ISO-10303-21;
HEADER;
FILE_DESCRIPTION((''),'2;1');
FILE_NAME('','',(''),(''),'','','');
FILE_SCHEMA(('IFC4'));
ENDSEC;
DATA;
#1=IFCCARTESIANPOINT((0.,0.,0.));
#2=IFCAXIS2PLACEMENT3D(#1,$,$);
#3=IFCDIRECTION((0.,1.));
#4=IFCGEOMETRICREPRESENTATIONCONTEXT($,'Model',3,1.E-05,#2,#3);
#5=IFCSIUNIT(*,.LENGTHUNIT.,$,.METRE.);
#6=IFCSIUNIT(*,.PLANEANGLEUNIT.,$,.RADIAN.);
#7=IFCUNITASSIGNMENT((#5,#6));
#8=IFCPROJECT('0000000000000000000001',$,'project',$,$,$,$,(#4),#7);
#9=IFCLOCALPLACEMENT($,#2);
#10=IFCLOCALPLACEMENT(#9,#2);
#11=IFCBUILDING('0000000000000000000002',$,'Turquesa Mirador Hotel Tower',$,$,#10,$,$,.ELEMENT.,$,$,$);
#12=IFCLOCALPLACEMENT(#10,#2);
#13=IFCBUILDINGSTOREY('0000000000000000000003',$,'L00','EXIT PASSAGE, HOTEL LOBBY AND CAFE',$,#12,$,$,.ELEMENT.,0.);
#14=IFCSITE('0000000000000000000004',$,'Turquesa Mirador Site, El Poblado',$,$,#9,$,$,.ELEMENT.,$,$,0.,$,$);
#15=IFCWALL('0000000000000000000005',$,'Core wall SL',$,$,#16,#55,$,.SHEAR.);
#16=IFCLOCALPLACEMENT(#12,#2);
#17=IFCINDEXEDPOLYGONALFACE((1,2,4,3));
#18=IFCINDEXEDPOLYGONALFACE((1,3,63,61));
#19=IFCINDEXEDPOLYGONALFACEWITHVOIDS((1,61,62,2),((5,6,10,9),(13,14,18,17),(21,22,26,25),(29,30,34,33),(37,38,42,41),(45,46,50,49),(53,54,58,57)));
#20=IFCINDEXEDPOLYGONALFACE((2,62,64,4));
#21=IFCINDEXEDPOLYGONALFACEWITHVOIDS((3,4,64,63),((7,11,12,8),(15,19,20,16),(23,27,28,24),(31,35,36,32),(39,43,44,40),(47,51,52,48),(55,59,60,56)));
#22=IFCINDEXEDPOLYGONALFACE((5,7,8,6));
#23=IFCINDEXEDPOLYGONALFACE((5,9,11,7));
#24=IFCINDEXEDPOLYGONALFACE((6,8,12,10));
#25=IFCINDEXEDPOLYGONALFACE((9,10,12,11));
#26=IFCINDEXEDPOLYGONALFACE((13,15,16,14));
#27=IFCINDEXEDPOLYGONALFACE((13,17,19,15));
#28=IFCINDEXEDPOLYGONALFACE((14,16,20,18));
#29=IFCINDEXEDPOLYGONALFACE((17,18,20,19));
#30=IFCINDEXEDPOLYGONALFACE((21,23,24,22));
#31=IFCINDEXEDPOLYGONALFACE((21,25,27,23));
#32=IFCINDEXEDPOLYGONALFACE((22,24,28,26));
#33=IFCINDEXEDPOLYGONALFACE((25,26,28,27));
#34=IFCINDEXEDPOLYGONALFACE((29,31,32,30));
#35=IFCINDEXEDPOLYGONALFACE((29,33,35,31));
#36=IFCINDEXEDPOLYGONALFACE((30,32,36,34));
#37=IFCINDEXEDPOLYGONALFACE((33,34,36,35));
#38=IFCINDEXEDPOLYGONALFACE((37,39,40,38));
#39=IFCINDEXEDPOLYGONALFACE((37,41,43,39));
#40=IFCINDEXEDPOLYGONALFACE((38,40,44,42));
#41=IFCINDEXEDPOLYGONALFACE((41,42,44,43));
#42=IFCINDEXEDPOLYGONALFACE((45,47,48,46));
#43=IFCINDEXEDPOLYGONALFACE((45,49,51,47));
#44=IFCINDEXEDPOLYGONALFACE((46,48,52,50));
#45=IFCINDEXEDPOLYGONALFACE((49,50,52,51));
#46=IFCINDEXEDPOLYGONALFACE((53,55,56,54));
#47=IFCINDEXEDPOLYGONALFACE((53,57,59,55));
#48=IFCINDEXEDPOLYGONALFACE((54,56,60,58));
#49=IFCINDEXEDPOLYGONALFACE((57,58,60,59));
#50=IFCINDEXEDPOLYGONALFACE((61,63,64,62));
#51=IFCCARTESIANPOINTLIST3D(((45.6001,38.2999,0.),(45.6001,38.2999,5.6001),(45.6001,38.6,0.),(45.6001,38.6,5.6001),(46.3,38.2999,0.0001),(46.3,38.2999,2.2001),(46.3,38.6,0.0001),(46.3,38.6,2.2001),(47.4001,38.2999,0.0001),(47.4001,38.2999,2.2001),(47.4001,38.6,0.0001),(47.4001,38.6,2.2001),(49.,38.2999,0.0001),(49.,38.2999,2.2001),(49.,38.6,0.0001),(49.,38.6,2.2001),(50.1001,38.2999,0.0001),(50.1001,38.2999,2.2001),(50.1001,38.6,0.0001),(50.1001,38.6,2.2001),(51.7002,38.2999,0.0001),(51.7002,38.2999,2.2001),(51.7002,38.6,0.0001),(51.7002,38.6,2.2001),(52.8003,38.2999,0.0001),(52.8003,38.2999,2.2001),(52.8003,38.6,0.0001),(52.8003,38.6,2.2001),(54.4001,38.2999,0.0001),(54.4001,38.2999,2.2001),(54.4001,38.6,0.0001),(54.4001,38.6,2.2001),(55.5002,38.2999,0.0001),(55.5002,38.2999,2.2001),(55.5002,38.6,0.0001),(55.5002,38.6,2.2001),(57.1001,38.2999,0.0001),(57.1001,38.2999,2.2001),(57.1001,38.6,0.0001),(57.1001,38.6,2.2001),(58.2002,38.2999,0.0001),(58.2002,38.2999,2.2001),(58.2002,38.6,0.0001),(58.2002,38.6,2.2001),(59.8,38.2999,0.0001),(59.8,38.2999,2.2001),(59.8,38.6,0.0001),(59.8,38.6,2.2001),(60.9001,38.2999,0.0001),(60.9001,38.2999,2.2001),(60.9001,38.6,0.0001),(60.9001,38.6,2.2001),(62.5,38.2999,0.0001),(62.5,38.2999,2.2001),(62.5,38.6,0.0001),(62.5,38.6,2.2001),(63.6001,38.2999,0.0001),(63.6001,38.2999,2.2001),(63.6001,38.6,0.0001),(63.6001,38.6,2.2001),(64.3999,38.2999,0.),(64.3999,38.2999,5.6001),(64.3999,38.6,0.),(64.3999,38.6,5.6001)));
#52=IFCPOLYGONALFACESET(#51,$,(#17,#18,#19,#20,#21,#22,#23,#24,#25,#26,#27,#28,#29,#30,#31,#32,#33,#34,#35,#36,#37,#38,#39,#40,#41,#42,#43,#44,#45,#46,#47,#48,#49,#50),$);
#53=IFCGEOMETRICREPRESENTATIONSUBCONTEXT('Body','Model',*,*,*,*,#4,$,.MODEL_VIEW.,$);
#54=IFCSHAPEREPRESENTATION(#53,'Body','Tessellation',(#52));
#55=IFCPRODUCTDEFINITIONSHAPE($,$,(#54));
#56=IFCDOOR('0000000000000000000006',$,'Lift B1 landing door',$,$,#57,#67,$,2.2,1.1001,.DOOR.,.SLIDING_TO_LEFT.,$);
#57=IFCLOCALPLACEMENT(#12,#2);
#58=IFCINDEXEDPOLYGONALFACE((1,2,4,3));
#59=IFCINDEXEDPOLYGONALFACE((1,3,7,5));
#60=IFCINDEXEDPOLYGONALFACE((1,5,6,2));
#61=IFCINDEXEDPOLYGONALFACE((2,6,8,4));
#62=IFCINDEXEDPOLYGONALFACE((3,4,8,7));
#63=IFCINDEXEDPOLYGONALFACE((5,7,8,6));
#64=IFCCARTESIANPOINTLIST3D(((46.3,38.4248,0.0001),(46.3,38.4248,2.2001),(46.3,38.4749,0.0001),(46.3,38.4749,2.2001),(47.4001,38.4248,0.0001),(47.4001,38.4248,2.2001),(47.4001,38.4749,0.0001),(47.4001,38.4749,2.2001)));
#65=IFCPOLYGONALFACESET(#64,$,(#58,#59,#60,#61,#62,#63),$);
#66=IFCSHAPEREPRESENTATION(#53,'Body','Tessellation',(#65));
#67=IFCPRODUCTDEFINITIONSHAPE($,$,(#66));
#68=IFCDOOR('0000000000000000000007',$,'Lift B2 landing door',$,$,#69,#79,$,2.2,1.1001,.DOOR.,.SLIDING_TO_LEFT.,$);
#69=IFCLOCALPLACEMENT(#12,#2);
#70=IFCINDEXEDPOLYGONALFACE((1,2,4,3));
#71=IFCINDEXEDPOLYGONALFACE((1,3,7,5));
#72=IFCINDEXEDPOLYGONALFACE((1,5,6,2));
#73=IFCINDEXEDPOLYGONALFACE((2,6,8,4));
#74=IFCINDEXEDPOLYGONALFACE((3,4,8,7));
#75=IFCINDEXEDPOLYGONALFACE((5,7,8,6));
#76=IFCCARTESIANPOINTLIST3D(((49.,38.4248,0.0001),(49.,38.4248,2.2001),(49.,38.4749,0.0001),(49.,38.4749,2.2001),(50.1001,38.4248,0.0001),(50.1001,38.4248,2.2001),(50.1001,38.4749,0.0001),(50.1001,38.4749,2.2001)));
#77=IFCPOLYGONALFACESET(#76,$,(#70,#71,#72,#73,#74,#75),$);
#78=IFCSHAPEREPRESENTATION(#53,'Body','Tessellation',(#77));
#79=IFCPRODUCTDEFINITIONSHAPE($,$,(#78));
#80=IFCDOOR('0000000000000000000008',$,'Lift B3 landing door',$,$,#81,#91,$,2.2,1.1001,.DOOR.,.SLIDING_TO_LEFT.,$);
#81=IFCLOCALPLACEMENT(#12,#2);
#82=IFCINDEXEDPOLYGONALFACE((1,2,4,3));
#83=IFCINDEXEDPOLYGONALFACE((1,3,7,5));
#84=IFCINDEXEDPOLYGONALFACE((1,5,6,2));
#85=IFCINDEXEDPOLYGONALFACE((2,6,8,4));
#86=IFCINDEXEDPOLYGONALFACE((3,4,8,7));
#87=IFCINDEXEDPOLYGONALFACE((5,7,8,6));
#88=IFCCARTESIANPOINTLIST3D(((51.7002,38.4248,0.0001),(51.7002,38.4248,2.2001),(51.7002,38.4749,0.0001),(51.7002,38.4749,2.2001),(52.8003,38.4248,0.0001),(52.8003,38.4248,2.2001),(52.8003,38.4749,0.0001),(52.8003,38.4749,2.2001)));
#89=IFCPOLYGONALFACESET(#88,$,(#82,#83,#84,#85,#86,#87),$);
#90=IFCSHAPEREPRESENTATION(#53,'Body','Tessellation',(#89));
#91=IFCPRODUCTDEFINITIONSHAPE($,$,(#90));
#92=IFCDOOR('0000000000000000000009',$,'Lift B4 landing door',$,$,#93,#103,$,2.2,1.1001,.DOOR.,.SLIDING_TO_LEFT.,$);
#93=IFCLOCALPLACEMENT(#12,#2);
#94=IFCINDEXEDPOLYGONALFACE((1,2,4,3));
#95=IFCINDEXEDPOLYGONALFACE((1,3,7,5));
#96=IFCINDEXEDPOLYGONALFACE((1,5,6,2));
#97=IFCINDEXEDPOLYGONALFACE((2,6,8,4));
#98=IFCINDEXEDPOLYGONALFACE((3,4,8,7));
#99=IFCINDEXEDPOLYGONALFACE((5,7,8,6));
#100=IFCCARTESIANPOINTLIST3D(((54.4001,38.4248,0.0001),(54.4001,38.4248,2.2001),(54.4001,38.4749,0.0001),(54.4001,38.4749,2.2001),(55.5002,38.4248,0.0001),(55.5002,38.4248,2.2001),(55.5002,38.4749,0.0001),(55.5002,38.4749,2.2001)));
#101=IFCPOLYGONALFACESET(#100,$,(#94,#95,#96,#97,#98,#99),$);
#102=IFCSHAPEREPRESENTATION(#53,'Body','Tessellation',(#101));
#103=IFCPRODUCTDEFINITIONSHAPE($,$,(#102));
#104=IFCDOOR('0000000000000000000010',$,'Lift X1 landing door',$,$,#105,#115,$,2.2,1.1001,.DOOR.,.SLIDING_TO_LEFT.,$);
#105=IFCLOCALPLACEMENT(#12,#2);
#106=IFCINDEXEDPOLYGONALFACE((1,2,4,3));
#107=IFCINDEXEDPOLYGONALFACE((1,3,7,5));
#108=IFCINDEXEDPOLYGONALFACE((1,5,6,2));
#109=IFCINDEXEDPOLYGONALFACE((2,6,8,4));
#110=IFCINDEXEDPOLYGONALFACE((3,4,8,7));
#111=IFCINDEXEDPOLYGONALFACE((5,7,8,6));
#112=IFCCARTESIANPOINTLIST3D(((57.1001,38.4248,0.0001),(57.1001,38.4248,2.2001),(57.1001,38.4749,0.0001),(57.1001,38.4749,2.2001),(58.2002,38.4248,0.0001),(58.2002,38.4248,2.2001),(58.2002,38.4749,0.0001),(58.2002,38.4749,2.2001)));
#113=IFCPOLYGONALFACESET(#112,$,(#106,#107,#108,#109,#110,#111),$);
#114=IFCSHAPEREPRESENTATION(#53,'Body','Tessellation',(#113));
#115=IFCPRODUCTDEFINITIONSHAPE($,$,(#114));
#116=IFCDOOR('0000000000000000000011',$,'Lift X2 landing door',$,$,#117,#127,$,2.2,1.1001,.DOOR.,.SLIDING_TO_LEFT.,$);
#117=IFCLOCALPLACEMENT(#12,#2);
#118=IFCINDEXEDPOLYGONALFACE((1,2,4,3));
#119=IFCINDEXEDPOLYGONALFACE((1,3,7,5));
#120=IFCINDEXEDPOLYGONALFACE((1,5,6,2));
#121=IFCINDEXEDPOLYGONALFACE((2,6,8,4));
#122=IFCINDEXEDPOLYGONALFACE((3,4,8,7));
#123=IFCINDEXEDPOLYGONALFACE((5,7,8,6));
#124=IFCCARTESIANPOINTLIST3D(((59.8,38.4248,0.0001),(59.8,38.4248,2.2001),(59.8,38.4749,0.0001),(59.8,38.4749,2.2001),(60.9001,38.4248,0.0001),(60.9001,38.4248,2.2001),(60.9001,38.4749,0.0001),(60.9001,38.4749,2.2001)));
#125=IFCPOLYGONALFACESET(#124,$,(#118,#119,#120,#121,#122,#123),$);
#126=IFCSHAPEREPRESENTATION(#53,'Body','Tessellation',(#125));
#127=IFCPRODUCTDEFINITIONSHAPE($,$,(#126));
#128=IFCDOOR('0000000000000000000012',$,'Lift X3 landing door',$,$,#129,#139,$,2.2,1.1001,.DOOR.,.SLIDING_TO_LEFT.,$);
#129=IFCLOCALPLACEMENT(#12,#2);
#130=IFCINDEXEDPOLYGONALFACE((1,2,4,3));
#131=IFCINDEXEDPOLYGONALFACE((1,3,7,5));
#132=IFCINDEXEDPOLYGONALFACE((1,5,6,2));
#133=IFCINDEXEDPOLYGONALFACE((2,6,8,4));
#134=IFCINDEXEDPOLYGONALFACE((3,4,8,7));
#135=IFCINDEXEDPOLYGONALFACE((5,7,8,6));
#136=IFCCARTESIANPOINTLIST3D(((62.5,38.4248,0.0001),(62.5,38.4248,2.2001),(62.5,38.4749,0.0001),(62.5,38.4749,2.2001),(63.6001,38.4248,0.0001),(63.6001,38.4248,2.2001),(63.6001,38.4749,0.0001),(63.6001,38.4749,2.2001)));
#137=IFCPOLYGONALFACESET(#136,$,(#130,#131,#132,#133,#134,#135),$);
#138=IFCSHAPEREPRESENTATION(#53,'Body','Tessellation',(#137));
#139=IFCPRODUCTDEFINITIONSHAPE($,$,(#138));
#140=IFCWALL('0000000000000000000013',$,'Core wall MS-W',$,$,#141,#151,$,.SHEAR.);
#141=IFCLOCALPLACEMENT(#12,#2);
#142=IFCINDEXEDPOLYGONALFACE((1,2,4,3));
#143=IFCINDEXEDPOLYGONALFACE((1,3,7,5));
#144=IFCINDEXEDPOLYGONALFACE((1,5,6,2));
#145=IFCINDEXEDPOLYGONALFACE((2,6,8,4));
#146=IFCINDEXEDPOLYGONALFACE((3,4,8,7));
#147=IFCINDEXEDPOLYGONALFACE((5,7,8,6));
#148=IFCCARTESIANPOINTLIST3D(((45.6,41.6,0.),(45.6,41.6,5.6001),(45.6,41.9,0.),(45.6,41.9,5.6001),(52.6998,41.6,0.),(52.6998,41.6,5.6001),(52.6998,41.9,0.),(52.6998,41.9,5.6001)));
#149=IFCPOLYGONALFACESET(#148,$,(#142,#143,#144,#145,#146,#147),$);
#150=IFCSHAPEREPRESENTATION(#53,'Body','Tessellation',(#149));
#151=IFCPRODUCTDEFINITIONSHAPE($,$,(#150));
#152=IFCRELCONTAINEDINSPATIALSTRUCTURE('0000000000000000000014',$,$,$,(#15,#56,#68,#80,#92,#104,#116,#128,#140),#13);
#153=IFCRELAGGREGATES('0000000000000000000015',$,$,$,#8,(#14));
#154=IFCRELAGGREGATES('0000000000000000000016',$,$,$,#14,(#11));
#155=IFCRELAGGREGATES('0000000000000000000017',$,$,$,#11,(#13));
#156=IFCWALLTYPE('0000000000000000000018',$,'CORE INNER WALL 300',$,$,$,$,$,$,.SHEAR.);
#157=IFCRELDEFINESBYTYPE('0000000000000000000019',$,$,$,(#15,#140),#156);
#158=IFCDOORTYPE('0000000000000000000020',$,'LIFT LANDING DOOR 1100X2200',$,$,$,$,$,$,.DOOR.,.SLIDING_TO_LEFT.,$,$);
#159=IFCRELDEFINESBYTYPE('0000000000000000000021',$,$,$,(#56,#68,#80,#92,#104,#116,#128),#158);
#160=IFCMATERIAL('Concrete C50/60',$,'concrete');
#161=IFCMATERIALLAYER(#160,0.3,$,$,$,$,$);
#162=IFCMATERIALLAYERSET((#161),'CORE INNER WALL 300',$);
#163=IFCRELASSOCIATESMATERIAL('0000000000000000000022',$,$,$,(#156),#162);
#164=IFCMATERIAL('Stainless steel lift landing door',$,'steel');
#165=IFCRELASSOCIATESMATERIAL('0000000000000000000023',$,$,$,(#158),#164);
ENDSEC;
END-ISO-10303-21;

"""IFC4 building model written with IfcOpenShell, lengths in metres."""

from ifc_helpers import new_model, si_unit, direction, frame, frame_2d, origin, place, context, subcontext, project, spatial, rectangle, extrude, material, layer, layer_set, type_object, element, fill, save


model = new_model("IFC4")

# Units and contexts
model_context = context("Model", 3, precision=1e-05, world=origin(), true_north=direction((0.0, 1.0)))
body_context = subcontext(model_context, "Body", "Model", "MODEL_VIEW")
ifc_project = project(units=[si_unit("LENGTHUNIT", "METRE"), si_unit("PLANEANGLEUNIT", "RADIAN")], contexts=[model_context])

# Site, building, storey
site_placement = place(None, origin())
site = spatial("IfcSite", under=ifc_project, at=site_placement, Name="Turquesa Mirador Site, El Poblado", CompositionType="ELEMENT", RefElevation=0.0)
building_placement = place(site_placement, origin())
building = spatial("IfcBuilding", under=site, at=building_placement, Name="Turquesa Mirador Hotel Tower", CompositionType="ELEMENT")
storey_placement = place(building_placement, origin())
storey = spatial("IfcBuildingStorey", under=building, at=storey_placement, Name="L00", Description="EXIT PASSAGE, HOTEL LOBBY AND CAFE", CompositionType="ELEMENT", Elevation=0.0)

# Wall, openings, doors
ifc_material_1 = material(Name="Concrete C50/60", Category="concrete")
ifc_layer_1 = layer(ifc_material_1, 0.3)
ifc_layer_set_1 = layer_set([ifc_layer_1], Name="CORE INNER WALL 300")
wall_type_1 = type_object("IfcWallType", Name="CORE INNER WALL 300", PredefinedType="SHEAR", material=ifc_layer_set_1)
wall_1_placement = place(storey_placement, frame((45.6001, 38.45, 0.0), z_axis=(0.0, 0.0, 1.0), x_axis=(1.0, 0.0, 0.0)))
wall_1 = element("IfcWall", 1, at=wall_1_placement, inside=storey, type_object=wall_type_1, Name="Core wall SL", PredefinedType="SHEAR", context=body_context, shape_type="SweptSolid", body=[
    extrude(rectangle(XDim=18.7998, YDim=0.3, at=frame_2d((9.3999, 0.0))), origin(), (0.0, 0.0, 1.0), 5.6001),
])
opening_1_placement = place(wall_1_placement, frame((0.7, 0.0, 0.0)))
opening_1 = element("IfcOpeningElement", 2, at=opening_1_placement, cuts=wall_1, PredefinedType="OPENING", context=body_context, shape_type="SweptSolid", body=[
    extrude(rectangle(XDim=1.1001, YDim=2.2, at=frame_2d((0.55, 1.1001))), frame((0.0, 0.1599, 0.0), z_axis=(0.0, -1.0, 0.0), x_axis=(1.0, 0.0, 0.0)), (0.0, 0.0, 1.0), 0.3201),
])
opening_2_placement = place(wall_1_placement, frame((3.3999, 0.0, 0.0)))
opening_2 = element("IfcOpeningElement", 3, at=opening_2_placement, cuts=wall_1, PredefinedType="OPENING", context=body_context, shape_type="SweptSolid", body=[
    extrude(rectangle(XDim=1.1001, YDim=2.2, at=frame_2d((0.55, 1.1001))), frame((0.0, 0.1599, 0.0), z_axis=(0.0, -1.0, 0.0), x_axis=(1.0, 0.0, 0.0)), (0.0, 0.0, 1.0), 0.3201),
])
opening_3_placement = place(wall_1_placement, frame((6.1001, 0.0, 0.0)))
opening_3 = element("IfcOpeningElement", 4, at=opening_3_placement, cuts=wall_1, PredefinedType="OPENING", context=body_context, shape_type="SweptSolid", body=[
    extrude(rectangle(XDim=1.1001, YDim=2.2, at=frame_2d((0.55, 1.1001))), frame((0.0, 0.1599, 0.0), z_axis=(0.0, -1.0, 0.0), x_axis=(1.0, 0.0, 0.0)), (0.0, 0.0, 1.0), 0.3201),
])
opening_4_placement = place(wall_1_placement, frame((8.8, 0.0, 0.0)))
opening_4 = element("IfcOpeningElement", 5, at=opening_4_placement, cuts=wall_1, PredefinedType="OPENING", context=body_context, shape_type="SweptSolid", body=[
    extrude(rectangle(XDim=1.1001, YDim=2.2, at=frame_2d((0.55, 1.1001))), frame((0.0, 0.1599, 0.0), z_axis=(0.0, -1.0, 0.0), x_axis=(1.0, 0.0, 0.0)), (0.0, 0.0, 1.0), 0.3201),
])
opening_5_placement = place(wall_1_placement, frame((11.5, 0.0, 0.0)))
opening_5 = element("IfcOpeningElement", 6, at=opening_5_placement, cuts=wall_1, PredefinedType="OPENING", context=body_context, shape_type="SweptSolid", body=[
    extrude(rectangle(XDim=1.1001, YDim=2.2, at=frame_2d((0.55, 1.1001))), frame((0.0, 0.1599, 0.0), z_axis=(0.0, -1.0, 0.0), x_axis=(1.0, 0.0, 0.0)), (0.0, 0.0, 1.0), 0.3201),
])
opening_6_placement = place(wall_1_placement, frame((14.2, 0.0, 0.0)))
opening_6 = element("IfcOpeningElement", 7, at=opening_6_placement, cuts=wall_1, PredefinedType="OPENING", context=body_context, shape_type="SweptSolid", body=[
    extrude(rectangle(XDim=1.1001, YDim=2.2, at=frame_2d((0.55, 1.1001))), frame((0.0, 0.1599, 0.0), z_axis=(0.0, -1.0, 0.0), x_axis=(1.0, 0.0, 0.0)), (0.0, 0.0, 1.0), 0.3201),
])
opening_7_placement = place(wall_1_placement, frame((16.8999, 0.0, 0.0)))
opening_7 = element("IfcOpeningElement", 8, at=opening_7_placement, cuts=wall_1, PredefinedType="OPENING", context=body_context, shape_type="SweptSolid", body=[
    extrude(rectangle(XDim=1.1001, YDim=2.2, at=frame_2d((0.55, 1.1001))), frame((0.0, 0.1599, 0.0), z_axis=(0.0, -1.0, 0.0), x_axis=(1.0, 0.0, 0.0)), (0.0, 0.0, 1.0), 0.3201),
])
ifc_material_2 = material(Name="Stainless steel lift landing door", Category="steel")
door_type_1 = type_object("IfcDoorType", Name="LIFT LANDING DOOR 1100X2200", OperationType="SLIDING_TO_LEFT", PredefinedType="DOOR", material=ifc_material_2)
door_1_placement = place(opening_1_placement, origin())
door_1 = element("IfcDoor", 9, at=door_1_placement, inside=storey, type_object=door_type_1, Name="Lift B1 landing door", OperationType="SLIDING_TO_LEFT", OverallHeight=2.2, OverallWidth=1.1001, PredefinedType="DOOR", context=body_context, shape_type="SweptSolid", body=[
    extrude(rectangle(XDim=1.1001, YDim=2.2, at=frame_2d((0.55, 1.1001))), frame((0.0, 0.0249, 0.0), z_axis=(0.0, -1.0, 0.0), x_axis=(1.0, 0.0, 0.0)), (0.0, 0.0, 1.0), 0.05),
])
fill(opening_1, door_1)
door_2_placement = place(opening_2_placement, origin())
door_2 = element("IfcDoor", 10, at=door_2_placement, inside=storey, type_object=door_type_1, Name="Lift B2 landing door", OperationType="SLIDING_TO_LEFT", OverallHeight=2.2, OverallWidth=1.1001, PredefinedType="DOOR", context=body_context, shape_type="SweptSolid", body=[
    extrude(rectangle(XDim=1.1001, YDim=2.2, at=frame_2d((0.55, 1.1001))), frame((0.0, 0.0249, 0.0), z_axis=(0.0, -1.0, 0.0), x_axis=(1.0, 0.0, 0.0)), (0.0, 0.0, 1.0), 0.05),
])
fill(opening_2, door_2)
door_3_placement = place(opening_3_placement, origin())
door_3 = element("IfcDoor", 11, at=door_3_placement, inside=storey, type_object=door_type_1, Name="Lift B3 landing door", OperationType="SLIDING_TO_LEFT", OverallHeight=2.2, OverallWidth=1.1001, PredefinedType="DOOR", context=body_context, shape_type="SweptSolid", body=[
    extrude(rectangle(XDim=1.1001, YDim=2.2, at=frame_2d((0.55, 1.1001))), frame((0.0, 0.0249, 0.0), z_axis=(0.0, -1.0, 0.0), x_axis=(1.0, 0.0, 0.0)), (0.0, 0.0, 1.0), 0.05),
])
fill(opening_3, door_3)
door_4_placement = place(opening_4_placement, origin())
door_4 = element("IfcDoor", 12, at=door_4_placement, inside=storey, type_object=door_type_1, Name="Lift B4 landing door", OperationType="SLIDING_TO_LEFT", OverallHeight=2.2, OverallWidth=1.1001, PredefinedType="DOOR", context=body_context, shape_type="SweptSolid", body=[
    extrude(rectangle(XDim=1.1001, YDim=2.2, at=frame_2d((0.55, 1.1001))), frame((0.0, 0.0249, 0.0), z_axis=(0.0, -1.0, 0.0), x_axis=(1.0, 0.0, 0.0)), (0.0, 0.0, 1.0), 0.05),
])
fill(opening_4, door_4)
door_5_placement = place(opening_5_placement, origin())
door_5 = element("IfcDoor", 13, at=door_5_placement, inside=storey, type_object=door_type_1, Name="Lift X1 landing door", OperationType="SLIDING_TO_LEFT", OverallHeight=2.2, OverallWidth=1.1001, PredefinedType="DOOR", context=body_context, shape_type="SweptSolid", body=[
    extrude(rectangle(XDim=1.1001, YDim=2.2, at=frame_2d((0.55, 1.1001))), frame((0.0, 0.0249, 0.0), z_axis=(0.0, -1.0, 0.0), x_axis=(1.0, 0.0, 0.0)), (0.0, 0.0, 1.0), 0.05),
])
fill(opening_5, door_5)
door_6_placement = place(opening_6_placement, origin())
door_6 = element("IfcDoor", 14, at=door_6_placement, inside=storey, type_object=door_type_1, Name="Lift X2 landing door", OperationType="SLIDING_TO_LEFT", OverallHeight=2.2, OverallWidth=1.1001, PredefinedType="DOOR", context=body_context, shape_type="SweptSolid", body=[
    extrude(rectangle(XDim=1.1001, YDim=2.2, at=frame_2d((0.55, 1.1001))), frame((0.0, 0.0249, 0.0), z_axis=(0.0, -1.0, 0.0), x_axis=(1.0, 0.0, 0.0)), (0.0, 0.0, 1.0), 0.05),
])
fill(opening_6, door_6)
door_7_placement = place(opening_7_placement, origin())
door_7 = element("IfcDoor", 15, at=door_7_placement, inside=storey, type_object=door_type_1, Name="Lift X3 landing door", OperationType="SLIDING_TO_LEFT", OverallHeight=2.2, OverallWidth=1.1001, PredefinedType="DOOR", context=body_context, shape_type="SweptSolid", body=[
    extrude(rectangle(XDim=1.1001, YDim=2.2, at=frame_2d((0.55, 1.1001))), frame((0.0, 0.0249, 0.0), z_axis=(0.0, -1.0, 0.0), x_axis=(1.0, 0.0, 0.0)), (0.0, 0.0, 1.0), 0.05),
])
fill(opening_7, door_7)

# Wall
wall_2_placement = place(storey_placement, frame((45.6001, 41.75, 0.0), z_axis=(0.0, 0.0, 1.0), x_axis=(1.0, 0.0, 0.0)))
element("IfcWall", 16, at=wall_2_placement, inside=storey, type_object=wall_type_1, Name="Core wall MS-W", PredefinedType="SHEAR", context=body_context, shape_type="SweptSolid", body=[
    extrude(rectangle(XDim=7.0999, YDim=0.3, at=frame_2d((3.5498, 0.0))), origin(), (0.0, 0.0, 1.0), 5.6001),
])

save(model, "model.ifc")
